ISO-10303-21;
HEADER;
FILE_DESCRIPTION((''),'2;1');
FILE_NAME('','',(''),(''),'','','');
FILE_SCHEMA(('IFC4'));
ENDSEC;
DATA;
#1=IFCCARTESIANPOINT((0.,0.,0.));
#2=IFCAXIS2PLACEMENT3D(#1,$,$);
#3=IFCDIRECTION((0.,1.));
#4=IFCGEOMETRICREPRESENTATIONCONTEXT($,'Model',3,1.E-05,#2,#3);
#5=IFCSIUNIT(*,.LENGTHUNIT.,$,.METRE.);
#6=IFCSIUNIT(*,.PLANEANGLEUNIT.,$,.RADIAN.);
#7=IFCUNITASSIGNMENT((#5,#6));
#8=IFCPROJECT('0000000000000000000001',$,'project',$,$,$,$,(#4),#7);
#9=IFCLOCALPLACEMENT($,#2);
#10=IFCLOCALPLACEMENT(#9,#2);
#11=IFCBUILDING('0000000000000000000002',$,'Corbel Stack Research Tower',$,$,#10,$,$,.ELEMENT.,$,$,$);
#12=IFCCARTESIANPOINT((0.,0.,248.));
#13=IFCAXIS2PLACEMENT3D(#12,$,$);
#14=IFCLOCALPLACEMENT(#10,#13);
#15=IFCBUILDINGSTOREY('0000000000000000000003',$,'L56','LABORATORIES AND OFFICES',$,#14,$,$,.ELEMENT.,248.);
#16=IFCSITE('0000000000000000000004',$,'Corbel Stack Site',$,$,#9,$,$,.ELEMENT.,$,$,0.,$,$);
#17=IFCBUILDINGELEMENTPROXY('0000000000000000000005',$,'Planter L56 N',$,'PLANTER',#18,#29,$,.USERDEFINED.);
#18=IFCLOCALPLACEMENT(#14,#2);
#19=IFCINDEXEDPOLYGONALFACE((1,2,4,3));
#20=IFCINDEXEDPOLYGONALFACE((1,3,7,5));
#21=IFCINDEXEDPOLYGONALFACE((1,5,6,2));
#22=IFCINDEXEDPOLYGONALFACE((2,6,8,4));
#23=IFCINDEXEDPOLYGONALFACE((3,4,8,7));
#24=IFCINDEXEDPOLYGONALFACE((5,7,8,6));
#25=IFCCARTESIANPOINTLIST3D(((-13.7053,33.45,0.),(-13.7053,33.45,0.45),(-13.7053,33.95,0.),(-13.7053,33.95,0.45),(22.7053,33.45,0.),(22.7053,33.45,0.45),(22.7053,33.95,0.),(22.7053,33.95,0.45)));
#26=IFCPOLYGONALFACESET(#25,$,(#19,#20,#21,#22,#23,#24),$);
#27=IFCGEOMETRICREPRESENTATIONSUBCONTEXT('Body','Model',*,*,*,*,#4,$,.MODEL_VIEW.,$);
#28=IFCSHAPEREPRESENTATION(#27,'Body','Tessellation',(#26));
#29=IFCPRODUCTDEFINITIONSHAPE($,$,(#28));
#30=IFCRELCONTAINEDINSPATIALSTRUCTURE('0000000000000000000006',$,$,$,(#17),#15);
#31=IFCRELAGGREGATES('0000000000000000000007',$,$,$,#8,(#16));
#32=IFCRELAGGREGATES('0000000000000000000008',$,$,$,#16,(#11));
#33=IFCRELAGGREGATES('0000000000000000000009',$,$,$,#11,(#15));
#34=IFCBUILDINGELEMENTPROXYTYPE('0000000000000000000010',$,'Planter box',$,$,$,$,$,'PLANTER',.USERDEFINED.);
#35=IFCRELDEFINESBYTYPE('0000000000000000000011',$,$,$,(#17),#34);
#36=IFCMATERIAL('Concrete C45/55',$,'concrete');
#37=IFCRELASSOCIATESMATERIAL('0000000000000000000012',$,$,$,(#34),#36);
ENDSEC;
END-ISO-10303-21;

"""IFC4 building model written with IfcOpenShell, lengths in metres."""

from ifc_helpers import new_model, si_unit, direction, frame, origin, origin_2d, place, context, subcontext, project, spatial, rectangle, extrude, material, type_object, element, save


model = new_model("IFC4")

# Units and contexts
model_context = context("Model", 3, precision=1e-05, world=origin(), true_north=direction((0.0, 1.0)))
body_context = subcontext(model_context, "Body", "Model", "MODEL_VIEW")
ifc_project = project(units=[si_unit("LENGTHUNIT", "METRE"), si_unit("PLANEANGLEUNIT", "RADIAN")], contexts=[model_context])

# Site, building, storey
site_placement = place(None, origin())
site = spatial("IfcSite", under=ifc_project, at=site_placement, Name="Corbel Stack Site", CompositionType="ELEMENT", RefElevation=0.0)
building_placement = place(site_placement, origin())
building = spatial("IfcBuilding", under=site, at=building_placement, Name="Corbel Stack Research Tower", CompositionType="ELEMENT")
storey_placement = place(building_placement, frame((0.0, 0.0, 248.0)))
storey = spatial("IfcBuildingStorey", under=building, at=storey_placement, Name="L56", Description="LABORATORIES AND OFFICES", CompositionType="ELEMENT", Elevation=248.0)

# Building element proxy
ifc_material_1 = material(Name="Concrete C45/55", Category="concrete")
building_element_proxy_type = type_object("IfcBuildingElementProxyType", Name="Planter box", ElementType="PLANTER", PredefinedType="USERDEFINED", material=ifc_material_1)
proxy_placement = place(storey_placement, frame((4.5, 33.7, 0.0), z_axis=(0.0, 0.0, 1.0), x_axis=(-1.0, 0.0, 0.0)))
element("IfcBuildingElementProxy", 1, at=proxy_placement, inside=storey, type_object=building_element_proxy_type, Name="Planter L56 N", ObjectType="PLANTER", PredefinedType="USERDEFINED", context=body_context, shape_type="SweptSolid", body=[
    extrude(rectangle(XDim=36.4106, YDim=0.5, at=origin_2d()), origin(), (0.0, 0.0, 1.0), 0.45),
])

save(model, "model.ifc")
